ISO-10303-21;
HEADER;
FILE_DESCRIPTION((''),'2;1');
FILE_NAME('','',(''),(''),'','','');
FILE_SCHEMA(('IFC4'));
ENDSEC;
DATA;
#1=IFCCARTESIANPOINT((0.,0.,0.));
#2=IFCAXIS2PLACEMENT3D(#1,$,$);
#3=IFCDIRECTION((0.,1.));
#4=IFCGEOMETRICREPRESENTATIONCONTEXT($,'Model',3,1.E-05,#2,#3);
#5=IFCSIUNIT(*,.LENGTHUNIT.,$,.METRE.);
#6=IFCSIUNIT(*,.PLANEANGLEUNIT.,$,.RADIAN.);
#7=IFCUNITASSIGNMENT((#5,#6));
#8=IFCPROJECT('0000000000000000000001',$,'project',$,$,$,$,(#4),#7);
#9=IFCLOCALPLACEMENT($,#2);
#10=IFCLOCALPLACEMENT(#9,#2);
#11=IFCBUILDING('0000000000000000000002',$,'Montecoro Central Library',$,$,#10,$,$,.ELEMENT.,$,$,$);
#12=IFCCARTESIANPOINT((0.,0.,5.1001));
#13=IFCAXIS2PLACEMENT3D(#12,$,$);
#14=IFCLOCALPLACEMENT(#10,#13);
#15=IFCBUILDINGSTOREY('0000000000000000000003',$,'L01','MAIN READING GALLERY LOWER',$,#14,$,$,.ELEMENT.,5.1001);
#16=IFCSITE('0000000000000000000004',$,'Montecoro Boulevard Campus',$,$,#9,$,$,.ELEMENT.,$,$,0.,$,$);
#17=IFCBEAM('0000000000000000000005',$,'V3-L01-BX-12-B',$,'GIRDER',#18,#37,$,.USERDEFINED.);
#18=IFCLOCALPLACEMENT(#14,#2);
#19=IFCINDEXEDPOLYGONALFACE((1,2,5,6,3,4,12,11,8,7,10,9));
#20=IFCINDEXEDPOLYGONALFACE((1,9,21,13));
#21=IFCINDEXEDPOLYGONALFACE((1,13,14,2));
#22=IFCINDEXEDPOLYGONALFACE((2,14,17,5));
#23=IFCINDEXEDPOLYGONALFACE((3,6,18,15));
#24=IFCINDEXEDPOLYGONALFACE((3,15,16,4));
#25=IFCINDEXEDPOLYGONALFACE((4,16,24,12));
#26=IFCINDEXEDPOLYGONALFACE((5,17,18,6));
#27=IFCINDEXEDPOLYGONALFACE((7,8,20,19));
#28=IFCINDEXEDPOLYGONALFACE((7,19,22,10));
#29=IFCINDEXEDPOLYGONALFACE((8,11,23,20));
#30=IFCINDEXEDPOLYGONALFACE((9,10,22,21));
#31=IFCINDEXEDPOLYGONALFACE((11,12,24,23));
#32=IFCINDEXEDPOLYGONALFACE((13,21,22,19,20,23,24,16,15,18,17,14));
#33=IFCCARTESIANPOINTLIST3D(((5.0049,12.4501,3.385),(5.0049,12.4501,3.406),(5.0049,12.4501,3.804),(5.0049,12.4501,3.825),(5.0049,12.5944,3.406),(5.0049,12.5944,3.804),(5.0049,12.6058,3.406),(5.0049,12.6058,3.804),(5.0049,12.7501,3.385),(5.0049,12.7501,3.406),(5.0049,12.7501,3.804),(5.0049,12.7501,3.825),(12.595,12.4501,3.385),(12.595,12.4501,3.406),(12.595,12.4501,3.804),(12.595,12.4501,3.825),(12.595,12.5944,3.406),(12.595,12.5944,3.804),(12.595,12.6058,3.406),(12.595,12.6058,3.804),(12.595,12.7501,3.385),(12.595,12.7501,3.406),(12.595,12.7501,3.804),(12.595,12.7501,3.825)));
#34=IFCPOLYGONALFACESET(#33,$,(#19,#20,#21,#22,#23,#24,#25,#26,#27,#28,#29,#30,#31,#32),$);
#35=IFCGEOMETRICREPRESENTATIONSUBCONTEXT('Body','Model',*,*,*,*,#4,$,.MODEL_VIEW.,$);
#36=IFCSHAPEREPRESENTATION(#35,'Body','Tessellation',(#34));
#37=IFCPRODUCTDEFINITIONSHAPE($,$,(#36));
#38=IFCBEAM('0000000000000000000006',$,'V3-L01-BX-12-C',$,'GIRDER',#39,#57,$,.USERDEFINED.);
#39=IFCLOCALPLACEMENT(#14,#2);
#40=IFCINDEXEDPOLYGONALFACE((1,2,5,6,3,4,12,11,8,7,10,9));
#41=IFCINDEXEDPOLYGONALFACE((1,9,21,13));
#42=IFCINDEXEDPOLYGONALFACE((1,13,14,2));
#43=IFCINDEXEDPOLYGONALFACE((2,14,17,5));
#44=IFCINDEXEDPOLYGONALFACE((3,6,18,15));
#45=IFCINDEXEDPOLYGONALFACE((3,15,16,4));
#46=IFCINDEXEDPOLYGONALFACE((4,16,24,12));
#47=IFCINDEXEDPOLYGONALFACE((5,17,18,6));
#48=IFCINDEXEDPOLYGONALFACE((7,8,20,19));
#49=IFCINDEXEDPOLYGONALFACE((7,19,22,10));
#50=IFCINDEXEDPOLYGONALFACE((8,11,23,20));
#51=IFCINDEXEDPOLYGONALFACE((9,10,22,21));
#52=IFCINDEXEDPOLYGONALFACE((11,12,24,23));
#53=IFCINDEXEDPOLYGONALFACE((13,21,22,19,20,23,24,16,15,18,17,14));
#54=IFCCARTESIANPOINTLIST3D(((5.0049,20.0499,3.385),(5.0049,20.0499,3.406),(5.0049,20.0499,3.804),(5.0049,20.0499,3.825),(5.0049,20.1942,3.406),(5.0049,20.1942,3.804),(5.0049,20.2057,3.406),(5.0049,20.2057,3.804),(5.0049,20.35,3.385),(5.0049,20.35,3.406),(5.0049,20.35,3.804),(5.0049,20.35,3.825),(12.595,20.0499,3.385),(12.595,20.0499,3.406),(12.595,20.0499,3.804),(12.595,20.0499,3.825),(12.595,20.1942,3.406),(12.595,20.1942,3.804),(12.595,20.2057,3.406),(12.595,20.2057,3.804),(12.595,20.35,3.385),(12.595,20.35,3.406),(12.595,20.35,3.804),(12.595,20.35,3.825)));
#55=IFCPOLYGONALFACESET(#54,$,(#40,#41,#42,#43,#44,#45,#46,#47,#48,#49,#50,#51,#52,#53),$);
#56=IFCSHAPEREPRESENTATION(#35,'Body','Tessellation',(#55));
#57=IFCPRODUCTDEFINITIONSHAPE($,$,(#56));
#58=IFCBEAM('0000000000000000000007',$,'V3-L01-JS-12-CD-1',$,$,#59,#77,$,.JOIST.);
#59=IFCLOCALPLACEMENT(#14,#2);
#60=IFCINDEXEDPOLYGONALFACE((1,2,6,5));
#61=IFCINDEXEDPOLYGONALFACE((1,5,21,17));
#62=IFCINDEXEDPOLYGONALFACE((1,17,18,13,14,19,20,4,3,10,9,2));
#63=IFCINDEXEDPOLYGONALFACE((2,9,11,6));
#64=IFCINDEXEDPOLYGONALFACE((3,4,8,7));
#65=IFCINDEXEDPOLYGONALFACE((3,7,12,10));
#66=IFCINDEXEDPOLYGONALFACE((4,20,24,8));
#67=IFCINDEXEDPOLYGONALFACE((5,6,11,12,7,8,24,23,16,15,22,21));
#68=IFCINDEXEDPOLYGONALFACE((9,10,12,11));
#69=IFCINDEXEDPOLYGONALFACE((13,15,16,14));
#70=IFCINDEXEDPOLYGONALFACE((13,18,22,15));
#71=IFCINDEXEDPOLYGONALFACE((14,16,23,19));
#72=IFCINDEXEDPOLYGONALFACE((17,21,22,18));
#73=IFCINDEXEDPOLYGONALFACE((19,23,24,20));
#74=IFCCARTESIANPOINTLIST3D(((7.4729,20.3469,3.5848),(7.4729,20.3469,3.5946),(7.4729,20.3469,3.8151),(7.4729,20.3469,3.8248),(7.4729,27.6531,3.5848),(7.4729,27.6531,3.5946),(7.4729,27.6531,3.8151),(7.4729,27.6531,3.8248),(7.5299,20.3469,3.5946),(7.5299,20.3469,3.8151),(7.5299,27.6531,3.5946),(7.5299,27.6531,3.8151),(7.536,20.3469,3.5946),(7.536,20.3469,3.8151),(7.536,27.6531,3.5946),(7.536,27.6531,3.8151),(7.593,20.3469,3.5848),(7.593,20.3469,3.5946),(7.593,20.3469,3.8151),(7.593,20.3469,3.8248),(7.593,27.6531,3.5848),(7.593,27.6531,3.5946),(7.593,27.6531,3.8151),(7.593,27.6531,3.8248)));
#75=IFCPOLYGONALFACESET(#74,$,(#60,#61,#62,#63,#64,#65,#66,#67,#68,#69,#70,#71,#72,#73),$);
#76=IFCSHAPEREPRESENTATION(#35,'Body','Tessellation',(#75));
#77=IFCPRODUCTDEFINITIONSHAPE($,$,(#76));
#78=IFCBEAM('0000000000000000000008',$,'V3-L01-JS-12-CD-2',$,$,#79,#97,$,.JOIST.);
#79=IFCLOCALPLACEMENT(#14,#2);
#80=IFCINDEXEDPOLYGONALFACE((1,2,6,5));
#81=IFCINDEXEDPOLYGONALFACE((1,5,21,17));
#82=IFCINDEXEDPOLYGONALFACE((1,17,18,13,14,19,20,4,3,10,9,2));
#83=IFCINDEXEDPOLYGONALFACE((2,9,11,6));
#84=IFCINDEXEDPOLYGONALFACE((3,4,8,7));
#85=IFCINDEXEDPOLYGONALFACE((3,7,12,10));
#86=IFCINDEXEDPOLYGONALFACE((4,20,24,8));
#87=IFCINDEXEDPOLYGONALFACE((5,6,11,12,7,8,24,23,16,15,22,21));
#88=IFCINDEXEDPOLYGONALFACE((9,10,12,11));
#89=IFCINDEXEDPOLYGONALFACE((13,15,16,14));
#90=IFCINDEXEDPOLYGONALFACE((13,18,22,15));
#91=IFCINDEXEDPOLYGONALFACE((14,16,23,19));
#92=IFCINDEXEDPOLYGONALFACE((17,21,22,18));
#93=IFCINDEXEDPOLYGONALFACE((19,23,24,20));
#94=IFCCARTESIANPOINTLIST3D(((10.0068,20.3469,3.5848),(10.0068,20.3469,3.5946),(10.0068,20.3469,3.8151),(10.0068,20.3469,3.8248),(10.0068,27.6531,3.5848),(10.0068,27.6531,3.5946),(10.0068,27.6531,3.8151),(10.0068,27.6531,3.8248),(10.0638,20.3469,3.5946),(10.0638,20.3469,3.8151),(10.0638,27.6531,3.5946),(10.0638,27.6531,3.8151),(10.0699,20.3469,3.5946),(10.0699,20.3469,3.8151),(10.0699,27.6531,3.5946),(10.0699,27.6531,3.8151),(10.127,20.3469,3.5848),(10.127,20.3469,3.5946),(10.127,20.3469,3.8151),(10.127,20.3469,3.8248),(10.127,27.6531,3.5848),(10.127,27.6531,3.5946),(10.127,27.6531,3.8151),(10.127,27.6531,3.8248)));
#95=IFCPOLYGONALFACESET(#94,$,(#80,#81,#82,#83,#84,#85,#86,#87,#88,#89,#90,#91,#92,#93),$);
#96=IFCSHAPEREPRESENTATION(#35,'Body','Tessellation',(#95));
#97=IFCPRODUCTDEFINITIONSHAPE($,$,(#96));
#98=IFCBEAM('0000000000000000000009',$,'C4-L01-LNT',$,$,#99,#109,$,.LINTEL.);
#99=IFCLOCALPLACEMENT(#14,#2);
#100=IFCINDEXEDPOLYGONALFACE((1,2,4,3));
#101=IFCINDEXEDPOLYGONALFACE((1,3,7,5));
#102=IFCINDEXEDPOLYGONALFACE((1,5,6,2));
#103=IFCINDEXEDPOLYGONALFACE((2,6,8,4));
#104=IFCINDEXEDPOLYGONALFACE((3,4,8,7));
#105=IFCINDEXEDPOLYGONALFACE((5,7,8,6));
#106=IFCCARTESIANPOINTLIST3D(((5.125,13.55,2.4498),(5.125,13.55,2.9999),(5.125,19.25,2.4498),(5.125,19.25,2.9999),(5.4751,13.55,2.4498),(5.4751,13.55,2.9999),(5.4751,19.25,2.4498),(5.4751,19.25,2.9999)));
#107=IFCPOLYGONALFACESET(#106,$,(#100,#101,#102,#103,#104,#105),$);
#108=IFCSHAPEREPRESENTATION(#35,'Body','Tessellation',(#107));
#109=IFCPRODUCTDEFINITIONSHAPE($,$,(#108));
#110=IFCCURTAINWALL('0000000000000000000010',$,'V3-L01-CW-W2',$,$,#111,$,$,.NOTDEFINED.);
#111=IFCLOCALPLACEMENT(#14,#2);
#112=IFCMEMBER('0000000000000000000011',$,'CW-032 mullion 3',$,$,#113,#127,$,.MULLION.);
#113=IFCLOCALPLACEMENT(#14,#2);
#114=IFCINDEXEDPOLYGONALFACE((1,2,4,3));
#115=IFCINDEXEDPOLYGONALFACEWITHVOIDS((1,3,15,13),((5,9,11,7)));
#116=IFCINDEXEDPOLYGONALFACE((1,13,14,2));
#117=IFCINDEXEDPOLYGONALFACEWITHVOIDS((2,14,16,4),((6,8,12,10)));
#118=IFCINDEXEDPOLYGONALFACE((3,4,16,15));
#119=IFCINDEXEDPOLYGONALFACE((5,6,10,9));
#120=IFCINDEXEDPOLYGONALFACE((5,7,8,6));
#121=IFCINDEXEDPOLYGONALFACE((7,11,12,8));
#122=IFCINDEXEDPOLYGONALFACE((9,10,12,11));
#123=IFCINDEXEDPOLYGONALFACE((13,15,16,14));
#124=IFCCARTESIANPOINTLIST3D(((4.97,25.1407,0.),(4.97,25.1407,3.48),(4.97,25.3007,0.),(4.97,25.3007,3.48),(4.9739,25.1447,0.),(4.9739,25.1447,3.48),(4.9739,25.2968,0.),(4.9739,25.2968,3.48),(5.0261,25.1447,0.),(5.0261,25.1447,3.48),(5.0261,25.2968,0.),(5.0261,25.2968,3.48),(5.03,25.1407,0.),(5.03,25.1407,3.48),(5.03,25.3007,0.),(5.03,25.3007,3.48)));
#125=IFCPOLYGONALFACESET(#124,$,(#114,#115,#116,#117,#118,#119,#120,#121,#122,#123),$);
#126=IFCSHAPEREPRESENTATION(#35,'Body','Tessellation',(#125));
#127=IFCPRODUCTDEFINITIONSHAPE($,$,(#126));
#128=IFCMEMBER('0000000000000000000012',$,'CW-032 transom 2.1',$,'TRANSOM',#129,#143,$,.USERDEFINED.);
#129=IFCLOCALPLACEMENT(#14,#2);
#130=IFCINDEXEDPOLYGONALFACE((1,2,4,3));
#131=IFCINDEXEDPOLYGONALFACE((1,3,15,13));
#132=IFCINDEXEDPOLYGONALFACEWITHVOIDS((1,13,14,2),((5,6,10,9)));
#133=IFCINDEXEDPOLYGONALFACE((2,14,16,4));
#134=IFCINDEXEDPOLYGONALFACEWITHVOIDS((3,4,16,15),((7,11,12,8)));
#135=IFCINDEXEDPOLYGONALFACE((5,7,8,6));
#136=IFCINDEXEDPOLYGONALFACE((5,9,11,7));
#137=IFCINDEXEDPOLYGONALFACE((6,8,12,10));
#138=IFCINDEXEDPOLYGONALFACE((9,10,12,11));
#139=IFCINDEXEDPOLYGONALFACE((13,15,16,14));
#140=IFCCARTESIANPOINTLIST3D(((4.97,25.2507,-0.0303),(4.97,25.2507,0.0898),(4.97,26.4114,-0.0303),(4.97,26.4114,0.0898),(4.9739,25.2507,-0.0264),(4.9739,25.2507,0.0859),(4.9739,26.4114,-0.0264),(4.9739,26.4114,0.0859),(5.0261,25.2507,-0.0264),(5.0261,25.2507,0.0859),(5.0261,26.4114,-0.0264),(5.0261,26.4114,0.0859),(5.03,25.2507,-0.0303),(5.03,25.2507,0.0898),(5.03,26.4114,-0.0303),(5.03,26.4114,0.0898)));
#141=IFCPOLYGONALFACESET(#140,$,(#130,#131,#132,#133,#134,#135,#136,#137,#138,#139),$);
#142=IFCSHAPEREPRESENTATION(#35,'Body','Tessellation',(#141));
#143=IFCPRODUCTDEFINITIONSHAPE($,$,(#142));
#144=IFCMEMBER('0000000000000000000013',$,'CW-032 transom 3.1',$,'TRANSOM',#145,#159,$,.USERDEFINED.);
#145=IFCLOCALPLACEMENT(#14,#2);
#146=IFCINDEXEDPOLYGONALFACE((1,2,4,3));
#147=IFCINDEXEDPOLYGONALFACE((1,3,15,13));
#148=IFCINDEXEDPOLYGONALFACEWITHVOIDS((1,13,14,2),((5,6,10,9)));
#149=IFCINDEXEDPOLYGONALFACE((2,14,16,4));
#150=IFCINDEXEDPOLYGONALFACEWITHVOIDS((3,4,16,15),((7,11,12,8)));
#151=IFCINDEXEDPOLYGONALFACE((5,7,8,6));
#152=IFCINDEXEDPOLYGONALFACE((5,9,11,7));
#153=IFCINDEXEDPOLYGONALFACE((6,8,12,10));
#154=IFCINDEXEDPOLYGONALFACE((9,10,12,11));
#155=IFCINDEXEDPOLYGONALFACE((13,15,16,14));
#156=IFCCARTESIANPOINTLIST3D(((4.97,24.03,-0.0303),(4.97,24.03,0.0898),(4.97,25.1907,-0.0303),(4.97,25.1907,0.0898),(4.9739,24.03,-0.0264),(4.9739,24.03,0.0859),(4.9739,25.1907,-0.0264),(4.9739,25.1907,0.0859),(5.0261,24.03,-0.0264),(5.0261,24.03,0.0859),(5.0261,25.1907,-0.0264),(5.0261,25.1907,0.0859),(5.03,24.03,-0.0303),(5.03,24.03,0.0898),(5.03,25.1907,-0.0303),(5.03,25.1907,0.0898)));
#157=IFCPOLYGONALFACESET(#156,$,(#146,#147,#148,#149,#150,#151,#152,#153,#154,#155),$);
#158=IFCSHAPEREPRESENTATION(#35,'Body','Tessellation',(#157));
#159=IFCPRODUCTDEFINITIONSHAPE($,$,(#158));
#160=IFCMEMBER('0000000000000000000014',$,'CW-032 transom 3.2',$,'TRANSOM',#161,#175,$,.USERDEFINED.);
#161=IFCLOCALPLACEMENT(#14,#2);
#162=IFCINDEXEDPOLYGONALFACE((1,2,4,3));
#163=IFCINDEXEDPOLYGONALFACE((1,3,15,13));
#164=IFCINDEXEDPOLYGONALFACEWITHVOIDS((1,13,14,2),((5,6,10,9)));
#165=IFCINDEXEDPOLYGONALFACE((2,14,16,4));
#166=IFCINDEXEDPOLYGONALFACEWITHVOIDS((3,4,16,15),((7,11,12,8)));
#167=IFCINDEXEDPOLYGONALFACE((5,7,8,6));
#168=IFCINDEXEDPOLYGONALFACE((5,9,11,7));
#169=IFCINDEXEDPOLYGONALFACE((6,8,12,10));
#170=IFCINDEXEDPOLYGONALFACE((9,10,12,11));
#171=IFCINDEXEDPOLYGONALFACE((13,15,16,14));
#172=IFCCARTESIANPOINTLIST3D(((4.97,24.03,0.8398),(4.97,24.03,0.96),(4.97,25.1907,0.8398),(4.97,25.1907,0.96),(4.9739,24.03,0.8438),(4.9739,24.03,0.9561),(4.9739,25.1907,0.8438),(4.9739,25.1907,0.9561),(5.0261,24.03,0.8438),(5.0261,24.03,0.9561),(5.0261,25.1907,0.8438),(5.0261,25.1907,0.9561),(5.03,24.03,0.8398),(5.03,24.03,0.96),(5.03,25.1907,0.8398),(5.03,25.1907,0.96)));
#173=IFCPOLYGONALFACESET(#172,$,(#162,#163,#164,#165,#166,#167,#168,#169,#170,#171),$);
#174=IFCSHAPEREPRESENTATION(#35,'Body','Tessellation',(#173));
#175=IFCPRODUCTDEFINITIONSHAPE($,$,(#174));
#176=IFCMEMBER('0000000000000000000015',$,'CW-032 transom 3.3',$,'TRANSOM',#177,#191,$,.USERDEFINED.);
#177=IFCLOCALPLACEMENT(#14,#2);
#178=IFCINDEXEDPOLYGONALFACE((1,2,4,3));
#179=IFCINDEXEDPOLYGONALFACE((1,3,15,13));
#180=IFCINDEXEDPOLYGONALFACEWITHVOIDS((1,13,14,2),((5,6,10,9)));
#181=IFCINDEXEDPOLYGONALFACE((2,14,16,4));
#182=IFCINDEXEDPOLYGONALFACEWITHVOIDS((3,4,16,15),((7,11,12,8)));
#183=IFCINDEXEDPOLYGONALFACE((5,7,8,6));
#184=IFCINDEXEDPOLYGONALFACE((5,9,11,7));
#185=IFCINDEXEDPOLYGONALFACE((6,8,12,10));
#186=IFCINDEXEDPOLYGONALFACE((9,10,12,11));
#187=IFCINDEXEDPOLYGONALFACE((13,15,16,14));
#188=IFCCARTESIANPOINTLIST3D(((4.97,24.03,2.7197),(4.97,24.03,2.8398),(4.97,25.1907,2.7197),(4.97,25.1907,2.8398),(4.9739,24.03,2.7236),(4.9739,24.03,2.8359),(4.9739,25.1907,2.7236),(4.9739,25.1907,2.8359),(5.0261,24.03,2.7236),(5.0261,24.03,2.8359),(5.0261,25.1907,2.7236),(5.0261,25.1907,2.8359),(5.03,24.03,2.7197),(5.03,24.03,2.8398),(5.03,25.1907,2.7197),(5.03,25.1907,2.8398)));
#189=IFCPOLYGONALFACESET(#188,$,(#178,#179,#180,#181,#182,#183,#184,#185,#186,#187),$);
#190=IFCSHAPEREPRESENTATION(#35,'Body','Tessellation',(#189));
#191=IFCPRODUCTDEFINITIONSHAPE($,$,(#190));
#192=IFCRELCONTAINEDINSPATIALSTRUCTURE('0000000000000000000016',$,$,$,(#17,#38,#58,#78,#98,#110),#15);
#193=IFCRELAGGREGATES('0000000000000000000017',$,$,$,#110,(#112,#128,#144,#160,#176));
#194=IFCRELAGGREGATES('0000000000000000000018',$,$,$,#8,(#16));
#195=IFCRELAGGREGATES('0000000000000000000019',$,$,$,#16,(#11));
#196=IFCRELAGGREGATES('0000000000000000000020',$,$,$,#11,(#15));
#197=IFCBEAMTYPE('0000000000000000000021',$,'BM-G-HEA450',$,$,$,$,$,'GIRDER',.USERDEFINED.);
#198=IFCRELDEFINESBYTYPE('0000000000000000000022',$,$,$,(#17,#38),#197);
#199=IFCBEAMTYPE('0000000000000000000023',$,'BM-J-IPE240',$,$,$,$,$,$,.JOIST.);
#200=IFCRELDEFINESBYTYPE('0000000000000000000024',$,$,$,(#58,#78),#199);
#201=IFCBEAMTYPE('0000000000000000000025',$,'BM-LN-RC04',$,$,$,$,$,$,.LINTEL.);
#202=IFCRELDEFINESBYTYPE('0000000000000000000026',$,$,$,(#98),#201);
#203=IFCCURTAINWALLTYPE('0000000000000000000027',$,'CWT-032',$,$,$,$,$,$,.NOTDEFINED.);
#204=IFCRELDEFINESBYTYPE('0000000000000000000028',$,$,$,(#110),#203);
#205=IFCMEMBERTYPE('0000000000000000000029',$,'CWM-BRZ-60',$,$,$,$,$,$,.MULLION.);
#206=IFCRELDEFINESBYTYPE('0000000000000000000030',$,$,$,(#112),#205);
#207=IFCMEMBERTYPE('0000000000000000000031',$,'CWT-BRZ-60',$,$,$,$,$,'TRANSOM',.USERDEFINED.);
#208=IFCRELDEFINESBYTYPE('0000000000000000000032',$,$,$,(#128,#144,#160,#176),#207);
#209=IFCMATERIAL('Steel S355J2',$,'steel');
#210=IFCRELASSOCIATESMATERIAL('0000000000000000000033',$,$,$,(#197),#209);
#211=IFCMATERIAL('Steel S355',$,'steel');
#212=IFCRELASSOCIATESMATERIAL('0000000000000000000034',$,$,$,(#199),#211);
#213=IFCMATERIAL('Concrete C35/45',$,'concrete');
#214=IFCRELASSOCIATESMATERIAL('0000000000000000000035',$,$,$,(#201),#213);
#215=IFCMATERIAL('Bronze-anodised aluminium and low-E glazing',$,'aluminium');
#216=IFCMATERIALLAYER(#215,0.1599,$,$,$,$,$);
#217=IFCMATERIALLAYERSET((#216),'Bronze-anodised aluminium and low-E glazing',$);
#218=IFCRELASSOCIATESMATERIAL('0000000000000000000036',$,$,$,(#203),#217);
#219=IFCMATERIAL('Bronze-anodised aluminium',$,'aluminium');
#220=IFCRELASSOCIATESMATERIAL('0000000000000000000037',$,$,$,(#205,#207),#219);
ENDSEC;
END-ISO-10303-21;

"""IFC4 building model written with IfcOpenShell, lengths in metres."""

from ifc_helpers import new_model, si_unit, direction, frame, origin, origin_2d, place, context, subcontext, project, spatial, rectangle, hollow_rectangle, i_section, extrude, material, layer, layer_set, material_profile, profile_set, type_object, element, aggregate, save


model = new_model("IFC4")

# Units and contexts
model_context = context("Model", 3, precision=1e-05, world=origin(), true_north=direction((0.0, 1.0)))
body_context = subcontext(model_context, "Body", "Model", "MODEL_VIEW")
ifc_project = project(units=[si_unit("LENGTHUNIT", "METRE"), si_unit("PLANEANGLEUNIT", "RADIAN")], contexts=[model_context])

# Site, building, storey
site_placement = place(None, origin())
site = spatial("IfcSite", under=ifc_project, at=site_placement, Name="Montecoro Boulevard Campus", CompositionType="ELEMENT", RefElevation=0.0)
building_placement = place(site_placement, origin())
building = spatial("IfcBuilding", under=site, at=building_placement, Name="Montecoro Central Library", CompositionType="ELEMENT")
storey_placement = place(building_placement, frame((0.0, 0.0, 5.1001)))
storey = spatial("IfcBuildingStorey", under=building, at=storey_placement, Name="L01", Description="MAIN READING GALLERY LOWER", CompositionType="ELEMENT", Elevation=5.1001)

# Beams
ifc_material_1 = material(Name="Steel S355J2", Category="steel")
ifc_material_profile_1 = material_profile(ifc_material_1, i_section(OverallWidth=0.3, OverallDepth=0.4399, WebThickness=0.0115, FlangeThickness=0.021, at=origin_2d()), Name="HEA 450")
ifc_profile_set_1 = profile_set([ifc_material_profile_1], Name="Steel S355J2")
beam_type_1 = type_object("IfcBeamType", Name="BM-G-HEA450", ElementType="GIRDER", PredefinedType="USERDEFINED", material=ifc_profile_set_1)
for number, where, z_axis, x_axis, name in (
    (1, (5.0049, 12.6001, 3.605), (1.0, 0.0, 0.0), (0.0, 1.0, 0.0), "V3-L01-BX-12-B"),
    (2, (5.0049, 20.2, 3.605), (1.0, 0.0, 0.0), (0.0, 1.0, 0.0), "V3-L01-BX-12-C"),
):
    element("IfcBeam", number, at=place(storey_placement, frame(where, z_axis=z_axis, x_axis=x_axis)), inside=storey, type_object=beam_type_1, Name=name, ObjectType="GIRDER", PredefinedType="USERDEFINED", context=body_context, shape_type="SweptSolid", body=[
        extrude(i_section(OverallWidth=0.3, OverallDepth=0.4399, WebThickness=0.0115, FlangeThickness=0.021, at=origin_2d()), origin(), (0.0, 0.0, 1.0), 7.5901),
    ])
ifc_material_2 = material(Name="Steel S355", Category="steel")
ifc_material_profile_2 = material_profile(ifc_material_2, i_section(OverallWidth=0.1201, OverallDepth=0.24, WebThickness=0.0061, FlangeThickness=0.0098, at=origin_2d()), Name="IPE 240")
ifc_profile_set_2 = profile_set([ifc_material_profile_2], Name="Steel S355")
beam_type_2 = type_object("IfcBeamType", Name="BM-J-IPE240", PredefinedType="JOIST", material=ifc_profile_set_2)
for number, where, z_axis, x_axis, name in (
    (3, (7.533, 20.3469, 3.7048), (0.0, 1.0, 0.0), (-1.0, 0.0, 0.0), "V3-L01-JS-12-CD-1"),
    (4, (10.0669, 20.3469, 3.7048), (0.0, 1.0, 0.0), (-1.0, 0.0, 0.0), "V3-L01-JS-12-CD-2"),
):
    element("IfcBeam", number, at=place(storey_placement, frame(where, z_axis=z_axis, x_axis=x_axis)), inside=storey, type_object=beam_type_2, Name=name, PredefinedType="JOIST", context=body_context, shape_type="SweptSolid", body=[
        extrude(i_section(OverallWidth=0.1201, OverallDepth=0.24, WebThickness=0.0061, FlangeThickness=0.0098, at=origin_2d()), origin(), (0.0, 0.0, 1.0), 7.3062),
    ])
ifc_material_3 = material(Name="Concrete C35/45", Category="concrete")
ifc_material_profile_3 = material_profile(ifc_material_3, rectangle(XDim=0.3501, YDim=0.55, at=origin_2d()), Name="RC LNT 550x350")
ifc_profile_set_3 = profile_set([ifc_material_profile_3], Name="Concrete C35/45")
beam_type_3 = type_object("IfcBeamType", Name="BM-LN-RC04", PredefinedType="LINTEL", material=ifc_profile_set_3)
beam_placement = place(storey_placement, frame((5.3, 13.55, 2.7249), z_axis=(0.0, 1.0, 0.0), x_axis=(-1.0, 0.0, 0.0)))
element("IfcBeam", 5, at=beam_placement, inside=storey, type_object=beam_type_3, Name="C4-L01-LNT", PredefinedType="LINTEL", context=body_context, shape_type="SweptSolid", body=[
    extrude(rectangle(XDim=0.3501, YDim=0.55, at=origin_2d()), origin(), (0.0, 0.0, 1.0), 5.7),
])

# Curtain wall, members
ifc_material_4 = material(Name="Bronze-anodised aluminium and low-E glazing", Category="aluminium")
ifc_layer_1 = layer(ifc_material_4, 0.1599)
ifc_layer_set_1 = layer_set([ifc_layer_1], Name="Bronze-anodised aluminium and low-E glazing")
curtain_wall_type = type_object("IfcCurtainWallType", Name="CWT-032", PredefinedType="NOTDEFINED", material=ifc_layer_set_1)
curtain_wall_placement = place(storey_placement, origin())
curtain_wall = element("IfcCurtainWall", 6, at=curtain_wall_placement, inside=storey, type_object=curtain_wall_type, Name="V3-L01-CW-W2", PredefinedType="NOTDEFINED")
ifc_material_5 = material(Name="Bronze-anodised aluminium", Category="aluminium")
ifc_material_profile_4 = material_profile(ifc_material_5, hollow_rectangle(XDim=0.0601, YDim=0.1599, WallThickness=0.0039, at=origin_2d()), Name="CWM 160x60x4.0")
ifc_profile_set_4 = profile_set([ifc_material_profile_4], Name="Bronze-anodised aluminium")
member_type_1 = type_object("IfcMemberType", Name="CWM-BRZ-60", PredefinedType="MULLION", material=ifc_profile_set_4)
member_1_placement = place(storey_placement, frame((5.0, 25.2207, 0.0), z_axis=(0.0, 0.0, 1.0), x_axis=(1.0, 0.0, 0.0)))
member_1 = element("IfcMember", 7, at=member_1_placement, type_object=member_type_1, Name="CW-032 mullion 3", PredefinedType="MULLION", context=body_context, shape_type="SweptSolid", body=[
    extrude(hollow_rectangle(XDim=0.0601, YDim=0.1599, WallThickness=0.0039, at=origin_2d()), origin(), (0.0, 0.0, 1.0), 3.48),
])
ifc_material_profile_5 = material_profile(ifc_material_5, hollow_rectangle(XDim=0.0601, YDim=0.1201, WallThickness=0.0039, at=origin_2d()), Name="CWT 120x60x4.0")
ifc_profile_set_5 = profile_set([ifc_material_profile_5], Name="Bronze-anodised aluminium")
member_type_2 = type_object("IfcMemberType", Name="CWT-BRZ-60", ElementType="TRANSOM", PredefinedType="USERDEFINED", material=ifc_profile_set_5)
member_2_placement = place(storey_placement, frame((5.0, 26.4114, 0.0298), z_axis=(0.0, -1.0, 0.0), x_axis=(1.0, 0.0, 0.0)))
member_2 = element("IfcMember", 8, at=member_2_placement, type_object=member_type_2, Name="CW-032 transom 2.1", ObjectType="TRANSOM", PredefinedType="USERDEFINED", context=body_context, shape_type="SweptSolid", body=[
    extrude(hollow_rectangle(XDim=0.0601, YDim=0.1201, WallThickness=0.0039, at=origin_2d()), origin(), (0.0, 0.0, 1.0), 1.1606),
])
member_3_placement = place(storey_placement, frame((5.0, 25.1907, 0.0298), z_axis=(0.0, -1.0, 0.0), x_axis=(1.0, 0.0, 0.0)))
member_3 = element("IfcMember", 9, at=member_3_placement, type_object=member_type_2, Name="CW-032 transom 3.1", ObjectType="TRANSOM", PredefinedType="USERDEFINED", context=body_context, shape_type="SweptSolid", body=[
    extrude(hollow_rectangle(XDim=0.0601, YDim=0.1201, WallThickness=0.0039, at=origin_2d()), origin(), (0.0, 0.0, 1.0), 1.1606),
])
member_4_placement = place(storey_placement, frame((5.0, 25.1907, 0.8999), z_axis=(0.0, -1.0, 0.0), x_axis=(1.0, 0.0, 0.0)))
member_4 = element("IfcMember", 10, at=member_4_placement, type_object=member_type_2, Name="CW-032 transom 3.2", ObjectType="TRANSOM", PredefinedType="USERDEFINED", context=body_context, shape_type="SweptSolid", body=[
    extrude(hollow_rectangle(XDim=0.0601, YDim=0.1201, WallThickness=0.0039, at=origin_2d()), origin(), (0.0, 0.0, 1.0), 1.1606),
])
member_5_placement = place(storey_placement, frame((5.0, 25.1907, 2.7798), z_axis=(0.0, -1.0, 0.0), x_axis=(1.0, 0.0, 0.0)))
member_5 = element("IfcMember", 11, at=member_5_placement, type_object=member_type_2, Name="CW-032 transom 3.3", ObjectType="TRANSOM", PredefinedType="USERDEFINED", context=body_context, shape_type="SweptSolid", body=[
    extrude(hollow_rectangle(XDim=0.0601, YDim=0.1201, WallThickness=0.0039, at=origin_2d()), origin(), (0.0, 0.0, 1.0), 1.1606),
])
aggregate(curtain_wall, [member_1, member_2, member_3, member_4, member_5])

save(model, "model.ifc")
